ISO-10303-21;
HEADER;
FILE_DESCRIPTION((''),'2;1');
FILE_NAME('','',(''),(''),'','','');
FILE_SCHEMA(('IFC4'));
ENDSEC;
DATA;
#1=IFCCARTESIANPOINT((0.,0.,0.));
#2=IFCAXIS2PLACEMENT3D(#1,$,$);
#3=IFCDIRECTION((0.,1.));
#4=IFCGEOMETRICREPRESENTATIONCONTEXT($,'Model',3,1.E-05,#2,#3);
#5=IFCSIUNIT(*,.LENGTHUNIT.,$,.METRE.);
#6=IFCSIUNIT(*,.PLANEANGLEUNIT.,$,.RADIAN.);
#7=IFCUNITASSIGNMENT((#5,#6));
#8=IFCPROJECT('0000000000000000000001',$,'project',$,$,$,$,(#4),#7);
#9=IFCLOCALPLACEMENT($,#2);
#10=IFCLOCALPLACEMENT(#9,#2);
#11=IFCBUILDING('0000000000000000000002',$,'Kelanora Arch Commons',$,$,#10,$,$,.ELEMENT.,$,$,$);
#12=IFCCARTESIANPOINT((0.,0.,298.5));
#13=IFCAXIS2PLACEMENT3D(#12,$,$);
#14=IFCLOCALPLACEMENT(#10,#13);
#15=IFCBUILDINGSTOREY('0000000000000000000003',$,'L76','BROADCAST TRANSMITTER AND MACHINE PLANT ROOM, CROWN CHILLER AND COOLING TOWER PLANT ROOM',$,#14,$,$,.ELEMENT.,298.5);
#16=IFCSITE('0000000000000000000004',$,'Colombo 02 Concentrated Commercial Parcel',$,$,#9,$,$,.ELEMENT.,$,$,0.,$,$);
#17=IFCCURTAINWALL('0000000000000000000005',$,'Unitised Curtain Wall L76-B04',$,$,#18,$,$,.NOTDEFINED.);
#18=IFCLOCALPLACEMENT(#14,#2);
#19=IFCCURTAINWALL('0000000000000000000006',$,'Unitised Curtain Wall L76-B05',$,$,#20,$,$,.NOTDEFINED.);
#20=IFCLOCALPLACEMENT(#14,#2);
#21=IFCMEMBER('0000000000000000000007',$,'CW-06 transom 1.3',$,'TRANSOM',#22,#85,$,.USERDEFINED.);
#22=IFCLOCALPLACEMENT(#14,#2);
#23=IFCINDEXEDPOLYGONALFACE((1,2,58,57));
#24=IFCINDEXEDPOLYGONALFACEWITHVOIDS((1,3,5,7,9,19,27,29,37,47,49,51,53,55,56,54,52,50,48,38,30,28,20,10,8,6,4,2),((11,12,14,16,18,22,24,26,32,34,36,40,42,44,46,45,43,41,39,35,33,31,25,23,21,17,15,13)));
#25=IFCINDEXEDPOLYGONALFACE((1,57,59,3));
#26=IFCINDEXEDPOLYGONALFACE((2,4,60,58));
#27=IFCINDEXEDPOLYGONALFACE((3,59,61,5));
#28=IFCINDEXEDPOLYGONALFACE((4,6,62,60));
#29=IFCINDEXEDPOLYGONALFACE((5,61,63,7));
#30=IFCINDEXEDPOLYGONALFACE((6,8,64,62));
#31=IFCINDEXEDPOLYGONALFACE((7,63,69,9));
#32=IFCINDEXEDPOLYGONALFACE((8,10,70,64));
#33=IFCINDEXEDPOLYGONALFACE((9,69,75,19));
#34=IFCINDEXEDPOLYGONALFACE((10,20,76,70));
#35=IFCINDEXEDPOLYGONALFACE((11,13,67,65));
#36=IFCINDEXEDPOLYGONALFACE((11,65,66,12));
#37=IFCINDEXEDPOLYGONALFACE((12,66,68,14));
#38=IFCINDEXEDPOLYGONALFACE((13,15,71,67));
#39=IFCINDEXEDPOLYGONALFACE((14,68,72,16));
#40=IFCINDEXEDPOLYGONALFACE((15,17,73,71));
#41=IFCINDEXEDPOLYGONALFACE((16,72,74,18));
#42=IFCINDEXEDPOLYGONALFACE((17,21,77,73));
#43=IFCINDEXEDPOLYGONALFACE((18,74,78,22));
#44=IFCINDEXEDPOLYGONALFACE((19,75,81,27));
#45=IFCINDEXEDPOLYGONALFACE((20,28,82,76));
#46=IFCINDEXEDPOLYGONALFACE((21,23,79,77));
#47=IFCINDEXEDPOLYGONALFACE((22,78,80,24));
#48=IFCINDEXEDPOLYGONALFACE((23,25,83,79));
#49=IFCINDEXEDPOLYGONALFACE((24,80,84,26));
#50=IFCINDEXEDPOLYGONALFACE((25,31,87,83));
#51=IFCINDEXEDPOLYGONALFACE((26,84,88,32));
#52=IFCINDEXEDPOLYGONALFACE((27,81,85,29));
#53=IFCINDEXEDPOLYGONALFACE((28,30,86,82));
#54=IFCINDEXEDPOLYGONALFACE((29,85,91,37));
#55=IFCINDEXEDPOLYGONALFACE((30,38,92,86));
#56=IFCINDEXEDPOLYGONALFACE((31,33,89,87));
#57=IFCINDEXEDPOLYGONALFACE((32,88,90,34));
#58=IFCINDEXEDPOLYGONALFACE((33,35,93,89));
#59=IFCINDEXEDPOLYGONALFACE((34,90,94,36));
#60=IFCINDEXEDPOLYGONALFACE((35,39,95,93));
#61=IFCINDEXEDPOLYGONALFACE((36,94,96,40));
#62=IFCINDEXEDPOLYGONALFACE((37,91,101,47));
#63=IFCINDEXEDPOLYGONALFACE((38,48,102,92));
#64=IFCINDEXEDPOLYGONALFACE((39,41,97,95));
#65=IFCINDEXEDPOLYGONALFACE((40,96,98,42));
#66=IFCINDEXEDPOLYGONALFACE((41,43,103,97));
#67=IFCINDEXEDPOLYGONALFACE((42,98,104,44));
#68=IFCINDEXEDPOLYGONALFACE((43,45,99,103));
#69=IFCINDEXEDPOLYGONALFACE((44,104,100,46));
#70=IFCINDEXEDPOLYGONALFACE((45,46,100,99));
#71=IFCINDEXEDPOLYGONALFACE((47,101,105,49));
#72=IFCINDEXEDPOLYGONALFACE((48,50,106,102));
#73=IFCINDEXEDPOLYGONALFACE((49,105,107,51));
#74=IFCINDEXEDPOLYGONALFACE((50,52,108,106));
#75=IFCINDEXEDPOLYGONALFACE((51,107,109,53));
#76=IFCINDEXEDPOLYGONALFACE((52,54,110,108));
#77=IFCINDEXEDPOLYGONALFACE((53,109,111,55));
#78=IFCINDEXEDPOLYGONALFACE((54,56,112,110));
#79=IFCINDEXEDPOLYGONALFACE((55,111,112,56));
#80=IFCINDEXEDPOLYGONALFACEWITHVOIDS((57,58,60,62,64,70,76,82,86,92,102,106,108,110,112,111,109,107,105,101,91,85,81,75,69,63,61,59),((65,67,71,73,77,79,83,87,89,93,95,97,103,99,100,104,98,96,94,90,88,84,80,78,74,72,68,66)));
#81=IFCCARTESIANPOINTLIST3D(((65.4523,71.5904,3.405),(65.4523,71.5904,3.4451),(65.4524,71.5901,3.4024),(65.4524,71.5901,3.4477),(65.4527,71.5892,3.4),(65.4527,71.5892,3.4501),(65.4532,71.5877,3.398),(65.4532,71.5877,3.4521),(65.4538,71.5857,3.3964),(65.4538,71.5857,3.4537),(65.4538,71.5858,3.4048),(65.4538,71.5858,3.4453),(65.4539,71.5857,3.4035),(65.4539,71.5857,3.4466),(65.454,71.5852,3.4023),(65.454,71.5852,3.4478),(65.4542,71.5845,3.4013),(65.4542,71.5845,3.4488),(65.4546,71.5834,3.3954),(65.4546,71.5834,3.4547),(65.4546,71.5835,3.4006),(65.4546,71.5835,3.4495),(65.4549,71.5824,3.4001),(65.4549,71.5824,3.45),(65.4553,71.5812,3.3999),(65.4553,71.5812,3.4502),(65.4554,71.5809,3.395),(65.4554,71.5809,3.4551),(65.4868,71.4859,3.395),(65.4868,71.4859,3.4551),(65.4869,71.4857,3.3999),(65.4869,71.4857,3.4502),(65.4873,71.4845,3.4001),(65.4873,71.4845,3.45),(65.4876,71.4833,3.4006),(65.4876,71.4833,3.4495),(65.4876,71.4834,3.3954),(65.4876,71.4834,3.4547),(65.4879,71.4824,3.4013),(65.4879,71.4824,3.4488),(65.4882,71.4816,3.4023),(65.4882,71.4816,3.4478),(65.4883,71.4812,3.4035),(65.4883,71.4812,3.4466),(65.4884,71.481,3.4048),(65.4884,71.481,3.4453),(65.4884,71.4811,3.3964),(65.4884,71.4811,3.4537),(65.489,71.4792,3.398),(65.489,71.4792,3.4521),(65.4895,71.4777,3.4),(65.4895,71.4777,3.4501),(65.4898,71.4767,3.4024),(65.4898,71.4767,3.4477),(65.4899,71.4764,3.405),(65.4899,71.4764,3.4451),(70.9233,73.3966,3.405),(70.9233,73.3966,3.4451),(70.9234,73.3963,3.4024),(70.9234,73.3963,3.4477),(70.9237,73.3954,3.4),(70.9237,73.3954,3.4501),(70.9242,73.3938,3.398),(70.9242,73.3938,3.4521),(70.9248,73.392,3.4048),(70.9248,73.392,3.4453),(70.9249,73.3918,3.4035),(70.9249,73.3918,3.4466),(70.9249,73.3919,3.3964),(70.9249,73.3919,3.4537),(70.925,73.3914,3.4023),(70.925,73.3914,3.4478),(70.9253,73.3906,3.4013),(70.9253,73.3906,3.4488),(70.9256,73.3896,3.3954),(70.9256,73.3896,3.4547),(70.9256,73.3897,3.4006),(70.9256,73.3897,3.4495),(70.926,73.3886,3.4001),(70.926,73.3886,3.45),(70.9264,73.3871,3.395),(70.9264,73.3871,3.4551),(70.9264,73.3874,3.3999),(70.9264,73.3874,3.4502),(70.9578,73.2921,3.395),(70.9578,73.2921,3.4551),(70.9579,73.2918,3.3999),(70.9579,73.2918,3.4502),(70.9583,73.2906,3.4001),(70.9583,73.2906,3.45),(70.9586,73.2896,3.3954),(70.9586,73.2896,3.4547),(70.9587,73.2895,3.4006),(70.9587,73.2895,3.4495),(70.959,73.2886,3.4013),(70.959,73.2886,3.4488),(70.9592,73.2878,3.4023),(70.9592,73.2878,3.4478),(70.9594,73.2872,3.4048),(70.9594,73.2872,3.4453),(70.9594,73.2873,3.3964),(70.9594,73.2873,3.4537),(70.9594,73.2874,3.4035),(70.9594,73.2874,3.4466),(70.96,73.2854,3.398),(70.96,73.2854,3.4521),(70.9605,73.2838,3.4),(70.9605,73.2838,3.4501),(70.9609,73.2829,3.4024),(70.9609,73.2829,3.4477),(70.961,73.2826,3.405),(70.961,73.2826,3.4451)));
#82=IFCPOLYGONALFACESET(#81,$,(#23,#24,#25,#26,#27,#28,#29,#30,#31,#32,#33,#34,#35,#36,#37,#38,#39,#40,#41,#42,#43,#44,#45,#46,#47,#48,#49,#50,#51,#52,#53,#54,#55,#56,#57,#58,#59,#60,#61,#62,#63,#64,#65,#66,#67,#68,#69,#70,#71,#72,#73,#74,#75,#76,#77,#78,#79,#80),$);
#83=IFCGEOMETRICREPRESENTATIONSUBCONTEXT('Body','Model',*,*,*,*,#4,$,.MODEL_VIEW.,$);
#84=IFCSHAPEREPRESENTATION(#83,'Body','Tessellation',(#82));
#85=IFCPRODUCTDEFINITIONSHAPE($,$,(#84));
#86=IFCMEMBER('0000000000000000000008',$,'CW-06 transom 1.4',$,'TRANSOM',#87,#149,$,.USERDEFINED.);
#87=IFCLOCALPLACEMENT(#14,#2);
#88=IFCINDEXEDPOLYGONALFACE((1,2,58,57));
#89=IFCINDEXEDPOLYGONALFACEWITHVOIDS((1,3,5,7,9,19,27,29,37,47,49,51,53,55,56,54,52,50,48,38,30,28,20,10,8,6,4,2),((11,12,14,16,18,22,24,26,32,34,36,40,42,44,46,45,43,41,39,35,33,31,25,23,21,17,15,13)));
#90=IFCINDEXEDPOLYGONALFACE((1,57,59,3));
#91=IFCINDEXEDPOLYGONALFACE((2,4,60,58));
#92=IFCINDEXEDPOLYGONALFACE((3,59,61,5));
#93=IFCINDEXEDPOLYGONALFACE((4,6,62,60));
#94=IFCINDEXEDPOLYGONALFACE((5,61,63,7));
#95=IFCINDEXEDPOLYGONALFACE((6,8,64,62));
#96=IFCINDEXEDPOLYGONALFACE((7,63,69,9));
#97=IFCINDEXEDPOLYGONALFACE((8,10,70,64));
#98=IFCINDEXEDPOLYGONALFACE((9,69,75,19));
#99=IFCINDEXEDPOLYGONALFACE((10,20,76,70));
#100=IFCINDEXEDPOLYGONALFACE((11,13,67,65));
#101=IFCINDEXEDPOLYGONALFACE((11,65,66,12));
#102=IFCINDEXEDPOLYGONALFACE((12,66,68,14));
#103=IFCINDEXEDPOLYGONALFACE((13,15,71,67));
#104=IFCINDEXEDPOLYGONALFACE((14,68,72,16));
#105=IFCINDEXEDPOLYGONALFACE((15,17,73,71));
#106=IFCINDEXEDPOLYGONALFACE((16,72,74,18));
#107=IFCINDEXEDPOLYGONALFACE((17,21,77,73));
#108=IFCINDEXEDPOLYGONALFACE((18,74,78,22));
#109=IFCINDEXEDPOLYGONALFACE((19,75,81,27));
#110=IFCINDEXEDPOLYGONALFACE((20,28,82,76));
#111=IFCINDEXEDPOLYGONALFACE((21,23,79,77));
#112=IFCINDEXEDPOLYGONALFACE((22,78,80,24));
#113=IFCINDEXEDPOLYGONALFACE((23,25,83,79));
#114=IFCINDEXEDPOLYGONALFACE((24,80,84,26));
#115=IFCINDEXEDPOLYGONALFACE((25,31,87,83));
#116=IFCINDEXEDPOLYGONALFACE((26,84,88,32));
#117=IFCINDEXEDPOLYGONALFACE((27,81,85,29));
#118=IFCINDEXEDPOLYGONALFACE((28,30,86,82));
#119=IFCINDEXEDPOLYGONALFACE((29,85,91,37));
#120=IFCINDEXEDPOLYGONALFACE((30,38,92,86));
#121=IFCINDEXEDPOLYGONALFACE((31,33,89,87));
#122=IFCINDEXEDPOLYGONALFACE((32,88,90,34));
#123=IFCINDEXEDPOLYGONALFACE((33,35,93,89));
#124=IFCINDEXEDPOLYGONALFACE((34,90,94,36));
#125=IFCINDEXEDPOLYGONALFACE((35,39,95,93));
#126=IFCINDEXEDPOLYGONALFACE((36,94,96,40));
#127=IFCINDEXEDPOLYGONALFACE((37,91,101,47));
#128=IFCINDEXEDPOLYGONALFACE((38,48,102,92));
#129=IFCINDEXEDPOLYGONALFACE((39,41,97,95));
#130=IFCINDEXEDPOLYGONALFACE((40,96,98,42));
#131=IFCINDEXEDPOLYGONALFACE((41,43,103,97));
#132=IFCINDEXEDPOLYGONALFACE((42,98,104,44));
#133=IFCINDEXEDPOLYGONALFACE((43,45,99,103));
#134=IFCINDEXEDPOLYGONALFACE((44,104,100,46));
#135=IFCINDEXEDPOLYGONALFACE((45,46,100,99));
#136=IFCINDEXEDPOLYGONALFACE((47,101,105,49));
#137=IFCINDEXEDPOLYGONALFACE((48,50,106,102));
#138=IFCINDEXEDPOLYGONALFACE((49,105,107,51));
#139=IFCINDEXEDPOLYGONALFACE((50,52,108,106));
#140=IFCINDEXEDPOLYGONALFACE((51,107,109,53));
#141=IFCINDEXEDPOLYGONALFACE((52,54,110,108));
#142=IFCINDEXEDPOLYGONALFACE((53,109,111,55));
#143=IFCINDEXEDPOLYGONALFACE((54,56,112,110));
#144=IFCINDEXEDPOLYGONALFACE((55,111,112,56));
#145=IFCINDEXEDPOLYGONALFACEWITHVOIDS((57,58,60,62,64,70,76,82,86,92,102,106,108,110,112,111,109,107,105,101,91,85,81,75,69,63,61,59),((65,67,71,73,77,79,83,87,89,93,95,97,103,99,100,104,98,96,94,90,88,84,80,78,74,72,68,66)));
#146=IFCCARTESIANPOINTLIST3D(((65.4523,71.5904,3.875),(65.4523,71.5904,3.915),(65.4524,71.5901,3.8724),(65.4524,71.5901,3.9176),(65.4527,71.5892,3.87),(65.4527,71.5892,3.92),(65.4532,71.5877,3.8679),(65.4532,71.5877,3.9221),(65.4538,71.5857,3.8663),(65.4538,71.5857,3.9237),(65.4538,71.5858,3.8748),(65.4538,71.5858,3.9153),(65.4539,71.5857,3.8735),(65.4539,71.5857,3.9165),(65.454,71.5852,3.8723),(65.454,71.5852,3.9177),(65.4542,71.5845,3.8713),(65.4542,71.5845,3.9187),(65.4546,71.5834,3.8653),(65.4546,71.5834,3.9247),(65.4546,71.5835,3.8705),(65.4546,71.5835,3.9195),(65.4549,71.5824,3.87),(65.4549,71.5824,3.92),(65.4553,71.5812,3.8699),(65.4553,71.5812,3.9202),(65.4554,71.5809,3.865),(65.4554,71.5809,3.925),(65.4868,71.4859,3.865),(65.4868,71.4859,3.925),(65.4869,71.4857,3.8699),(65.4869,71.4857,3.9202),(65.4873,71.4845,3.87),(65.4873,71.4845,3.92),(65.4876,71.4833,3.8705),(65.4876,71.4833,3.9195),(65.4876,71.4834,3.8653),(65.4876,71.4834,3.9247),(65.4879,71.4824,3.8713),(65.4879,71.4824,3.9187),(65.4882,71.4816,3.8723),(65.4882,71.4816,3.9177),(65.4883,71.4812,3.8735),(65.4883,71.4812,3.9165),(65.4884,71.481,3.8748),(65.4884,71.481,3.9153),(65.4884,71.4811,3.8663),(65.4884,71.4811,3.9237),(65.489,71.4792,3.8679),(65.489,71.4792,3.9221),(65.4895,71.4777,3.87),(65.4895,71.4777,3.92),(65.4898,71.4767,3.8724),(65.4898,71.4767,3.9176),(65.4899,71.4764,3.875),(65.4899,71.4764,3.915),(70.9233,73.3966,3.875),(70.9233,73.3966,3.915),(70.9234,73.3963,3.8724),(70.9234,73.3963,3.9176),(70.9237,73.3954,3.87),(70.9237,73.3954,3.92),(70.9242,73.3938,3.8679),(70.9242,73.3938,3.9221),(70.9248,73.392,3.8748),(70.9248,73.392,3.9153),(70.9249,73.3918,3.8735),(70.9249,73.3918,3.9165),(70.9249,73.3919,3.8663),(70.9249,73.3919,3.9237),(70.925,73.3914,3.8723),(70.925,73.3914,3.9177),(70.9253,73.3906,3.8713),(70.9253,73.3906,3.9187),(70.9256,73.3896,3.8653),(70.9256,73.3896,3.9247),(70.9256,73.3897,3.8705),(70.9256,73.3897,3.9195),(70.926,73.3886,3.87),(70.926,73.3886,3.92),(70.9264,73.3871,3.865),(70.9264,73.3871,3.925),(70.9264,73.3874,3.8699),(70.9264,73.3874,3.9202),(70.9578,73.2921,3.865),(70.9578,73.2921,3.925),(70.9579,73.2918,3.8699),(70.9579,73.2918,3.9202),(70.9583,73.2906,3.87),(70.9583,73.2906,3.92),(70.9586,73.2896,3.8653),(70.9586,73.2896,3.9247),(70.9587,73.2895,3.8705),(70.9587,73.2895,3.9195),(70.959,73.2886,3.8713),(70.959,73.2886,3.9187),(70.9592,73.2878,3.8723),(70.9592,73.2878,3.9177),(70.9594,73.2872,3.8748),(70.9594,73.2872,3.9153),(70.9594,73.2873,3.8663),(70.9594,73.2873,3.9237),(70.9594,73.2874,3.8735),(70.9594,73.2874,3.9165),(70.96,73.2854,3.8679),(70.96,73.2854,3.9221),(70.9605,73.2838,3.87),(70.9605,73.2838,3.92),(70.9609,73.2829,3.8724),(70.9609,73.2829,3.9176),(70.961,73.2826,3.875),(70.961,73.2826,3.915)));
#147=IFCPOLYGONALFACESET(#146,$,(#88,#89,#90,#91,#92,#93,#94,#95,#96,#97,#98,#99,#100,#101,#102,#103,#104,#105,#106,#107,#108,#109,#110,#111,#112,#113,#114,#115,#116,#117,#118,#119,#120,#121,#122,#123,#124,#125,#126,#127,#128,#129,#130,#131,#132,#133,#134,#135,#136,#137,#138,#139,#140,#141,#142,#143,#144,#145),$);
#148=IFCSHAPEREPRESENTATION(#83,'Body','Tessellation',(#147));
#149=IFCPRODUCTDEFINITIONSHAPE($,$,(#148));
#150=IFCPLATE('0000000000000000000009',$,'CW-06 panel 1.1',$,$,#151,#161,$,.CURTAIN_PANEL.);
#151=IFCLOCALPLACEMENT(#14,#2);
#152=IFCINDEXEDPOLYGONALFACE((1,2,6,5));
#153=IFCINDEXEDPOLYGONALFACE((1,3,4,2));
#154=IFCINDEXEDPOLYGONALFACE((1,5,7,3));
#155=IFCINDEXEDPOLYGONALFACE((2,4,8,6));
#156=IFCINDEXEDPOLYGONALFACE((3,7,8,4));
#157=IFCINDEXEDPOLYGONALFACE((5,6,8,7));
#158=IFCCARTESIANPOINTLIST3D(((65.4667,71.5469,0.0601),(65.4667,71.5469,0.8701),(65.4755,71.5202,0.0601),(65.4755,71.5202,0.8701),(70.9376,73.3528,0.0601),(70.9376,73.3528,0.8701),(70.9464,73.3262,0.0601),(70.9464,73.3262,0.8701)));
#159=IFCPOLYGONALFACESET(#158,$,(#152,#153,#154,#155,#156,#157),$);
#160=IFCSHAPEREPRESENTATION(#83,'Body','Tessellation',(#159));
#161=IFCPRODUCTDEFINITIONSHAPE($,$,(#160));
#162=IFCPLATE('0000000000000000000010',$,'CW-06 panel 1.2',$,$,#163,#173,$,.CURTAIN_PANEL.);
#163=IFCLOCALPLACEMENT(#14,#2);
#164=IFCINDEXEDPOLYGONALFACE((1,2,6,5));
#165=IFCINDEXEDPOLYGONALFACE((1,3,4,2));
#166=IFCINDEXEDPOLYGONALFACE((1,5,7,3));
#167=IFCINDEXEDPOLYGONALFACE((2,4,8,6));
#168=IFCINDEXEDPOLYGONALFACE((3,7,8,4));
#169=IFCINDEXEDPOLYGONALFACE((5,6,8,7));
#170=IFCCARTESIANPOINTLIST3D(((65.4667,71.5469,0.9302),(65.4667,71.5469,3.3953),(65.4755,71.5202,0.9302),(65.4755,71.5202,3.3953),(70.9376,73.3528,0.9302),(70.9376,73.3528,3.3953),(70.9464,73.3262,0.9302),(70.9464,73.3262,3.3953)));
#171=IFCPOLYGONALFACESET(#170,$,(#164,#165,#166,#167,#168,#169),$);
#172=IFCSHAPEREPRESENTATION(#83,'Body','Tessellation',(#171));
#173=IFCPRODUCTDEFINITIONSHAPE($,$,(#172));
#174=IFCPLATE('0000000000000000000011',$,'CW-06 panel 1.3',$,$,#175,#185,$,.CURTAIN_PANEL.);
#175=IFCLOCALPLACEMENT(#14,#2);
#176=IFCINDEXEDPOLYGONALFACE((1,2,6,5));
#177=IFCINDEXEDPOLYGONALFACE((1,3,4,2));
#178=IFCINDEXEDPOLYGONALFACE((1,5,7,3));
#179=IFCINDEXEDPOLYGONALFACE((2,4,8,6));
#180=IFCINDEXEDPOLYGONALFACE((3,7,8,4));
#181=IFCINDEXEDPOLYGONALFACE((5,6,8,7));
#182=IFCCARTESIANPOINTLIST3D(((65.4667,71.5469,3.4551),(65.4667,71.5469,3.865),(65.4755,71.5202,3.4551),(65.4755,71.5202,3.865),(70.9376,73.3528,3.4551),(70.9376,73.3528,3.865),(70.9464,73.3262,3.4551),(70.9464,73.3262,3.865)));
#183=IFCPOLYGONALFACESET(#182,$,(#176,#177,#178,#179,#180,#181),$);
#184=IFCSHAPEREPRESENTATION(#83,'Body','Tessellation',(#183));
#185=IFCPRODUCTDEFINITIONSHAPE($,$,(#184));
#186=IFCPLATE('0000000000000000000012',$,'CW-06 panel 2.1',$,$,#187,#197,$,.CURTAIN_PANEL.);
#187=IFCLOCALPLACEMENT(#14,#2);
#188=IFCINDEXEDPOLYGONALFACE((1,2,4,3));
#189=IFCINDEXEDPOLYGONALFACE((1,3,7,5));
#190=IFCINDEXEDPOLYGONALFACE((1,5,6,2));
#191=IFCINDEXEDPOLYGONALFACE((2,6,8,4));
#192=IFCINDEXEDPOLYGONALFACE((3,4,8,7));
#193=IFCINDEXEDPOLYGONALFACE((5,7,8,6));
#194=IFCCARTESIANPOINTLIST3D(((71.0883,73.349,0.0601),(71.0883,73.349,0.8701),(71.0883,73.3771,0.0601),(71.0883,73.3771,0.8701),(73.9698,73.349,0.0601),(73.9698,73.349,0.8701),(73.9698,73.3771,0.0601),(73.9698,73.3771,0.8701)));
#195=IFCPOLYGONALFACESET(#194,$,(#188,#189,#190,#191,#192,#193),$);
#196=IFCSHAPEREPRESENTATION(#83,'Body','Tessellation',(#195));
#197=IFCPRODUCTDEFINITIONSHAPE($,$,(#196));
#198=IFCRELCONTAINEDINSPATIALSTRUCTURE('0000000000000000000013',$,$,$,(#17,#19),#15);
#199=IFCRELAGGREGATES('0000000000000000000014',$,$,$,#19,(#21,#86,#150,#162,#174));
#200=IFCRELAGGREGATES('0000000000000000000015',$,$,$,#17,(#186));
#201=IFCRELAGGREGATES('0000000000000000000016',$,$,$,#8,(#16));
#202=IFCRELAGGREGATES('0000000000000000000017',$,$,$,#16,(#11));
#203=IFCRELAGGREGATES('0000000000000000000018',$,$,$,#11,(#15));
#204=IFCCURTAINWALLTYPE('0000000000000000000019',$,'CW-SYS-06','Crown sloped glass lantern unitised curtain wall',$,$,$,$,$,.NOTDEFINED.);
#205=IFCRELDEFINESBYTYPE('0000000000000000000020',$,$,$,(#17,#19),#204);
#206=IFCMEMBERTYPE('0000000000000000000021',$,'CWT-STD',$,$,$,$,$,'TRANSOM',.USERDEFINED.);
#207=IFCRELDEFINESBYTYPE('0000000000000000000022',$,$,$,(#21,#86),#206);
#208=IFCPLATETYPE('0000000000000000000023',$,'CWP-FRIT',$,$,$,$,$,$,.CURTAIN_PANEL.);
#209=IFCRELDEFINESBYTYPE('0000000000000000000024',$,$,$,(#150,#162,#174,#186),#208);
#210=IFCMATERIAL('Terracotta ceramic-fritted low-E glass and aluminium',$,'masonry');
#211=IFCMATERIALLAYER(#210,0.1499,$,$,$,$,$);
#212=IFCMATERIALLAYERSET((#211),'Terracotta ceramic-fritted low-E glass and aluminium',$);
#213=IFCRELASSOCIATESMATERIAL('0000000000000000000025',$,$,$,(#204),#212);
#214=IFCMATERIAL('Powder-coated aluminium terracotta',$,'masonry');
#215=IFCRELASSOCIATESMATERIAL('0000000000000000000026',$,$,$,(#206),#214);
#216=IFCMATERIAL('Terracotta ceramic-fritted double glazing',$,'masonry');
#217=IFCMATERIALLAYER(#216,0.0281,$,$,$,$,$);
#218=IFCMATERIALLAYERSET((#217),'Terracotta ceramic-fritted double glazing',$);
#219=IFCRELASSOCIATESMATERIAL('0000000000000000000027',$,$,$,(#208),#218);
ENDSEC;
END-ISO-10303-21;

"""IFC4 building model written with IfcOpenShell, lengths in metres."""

from ifc_helpers import new_model, si_unit, direction, frame, origin, origin_2d, place, context, subcontext, project, spatial, rectangle, hollow_rectangle, extrude, source, transform, mapped, material, layer, layer_set, material_profile, profile_set, type_object, element, aggregate, save


model = new_model("IFC4")

# Units and contexts
model_context = context("Model", 3, precision=1e-05, world=origin(), true_north=direction((0.0, 1.0)))
body_context = subcontext(model_context, "Body", "Model", "MODEL_VIEW")
ifc_project = project(units=[si_unit("LENGTHUNIT", "METRE"), si_unit("PLANEANGLEUNIT", "RADIAN")], contexts=[model_context])

# Site, building, storey
site_placement = place(None, origin())
site = spatial("IfcSite", under=ifc_project, at=site_placement, Name="Colombo 02 Concentrated Commercial Parcel", CompositionType="ELEMENT", RefElevation=0.0)
building_placement = place(site_placement, origin())
building = spatial("IfcBuilding", under=site, at=building_placement, Name="Kelanora Arch Commons", CompositionType="ELEMENT")
storey_placement = place(building_placement, frame((0.0, 0.0, 298.5)))
storey = spatial("IfcBuildingStorey", under=building, at=storey_placement, Name="L76", Description="BROADCAST TRANSMITTER AND MACHINE PLANT ROOM, CROWN CHILLER AND COOLING TOWER PLANT ROOM", CompositionType="ELEMENT", Elevation=298.5)

# Curtain walls
ifc_material_1 = material(Name="Terracotta ceramic-fritted low-E glass and aluminium", Category="masonry")
ifc_layer_1 = layer(ifc_material_1, 0.1499)
ifc_layer_set_1 = layer_set([ifc_layer_1], Name="Terracotta ceramic-fritted low-E glass and aluminium")
curtain_wall_type = type_object("IfcCurtainWallType", Name="CW-SYS-06", Description="Crown sloped glass lantern unitised curtain wall", PredefinedType="NOTDEFINED", material=ifc_layer_set_1)
curtain_wall_1_placement = place(storey_placement, origin())
curtain_wall_1 = element("IfcCurtainWall", 1, at=curtain_wall_1_placement, inside=storey, type_object=curtain_wall_type, Name="Unitised Curtain Wall L76-B04", PredefinedType="NOTDEFINED")
ifc_material_2 = material(Name="Powder-coated aluminium terracotta", Category="masonry")
curtain_wall_2_placement = place(storey_placement, origin())
curtain_wall_2 = element("IfcCurtainWall", 2, at=curtain_wall_2_placement, inside=storey, type_object=curtain_wall_type, Name="Unitised Curtain Wall L76-B05", PredefinedType="NOTDEFINED")

# Members
ifc_material_profile_1 = material_profile(ifc_material_2, hollow_rectangle(XDim=0.1201, YDim=0.0601, WallThickness=0.0049, InnerFilletRadius=0.0049, OuterFilletRadius=0.01, at=origin_2d()), Name="CWT120x60")
ifc_profile_set_1 = profile_set([ifc_material_profile_1], Name="Powder-coated aluminium terracotta")
member_type_1 = type_object("IfcMemberType", Name="CWT-STD", ElementType="TRANSOM", PredefinedType="USERDEFINED", material=ifc_profile_set_1)
member_1_placement = place(storey_placement, frame((70.9421, 73.3396, 3.425), z_axis=(-0.94959, -0.313493, 0.0), x_axis=(0.313493, -0.94959, 0.0)))
member_1 = element("IfcMember", 3, at=member_1_placement, type_object=member_type_1, Name="CW-06 transom 1.3", ObjectType="TRANSOM", PredefinedType="USERDEFINED", context=body_context, shape_type="SweptSolid", body=[
    extrude(hollow_rectangle(XDim=0.1201, YDim=0.0601, WallThickness=0.0049, InnerFilletRadius=0.0049, OuterFilletRadius=0.01, at=origin_2d()), origin(), (0.0, 0.0, 1.0), 5.7615),
])
member_2_placement = place(storey_placement, frame((70.9421, 73.3396, 3.895), z_axis=(-0.94959, -0.313493, 0.0), x_axis=(0.313493, -0.94959, 0.0)))
member_2 = element("IfcMember", 4, at=member_2_placement, type_object=member_type_1, Name="CW-06 transom 1.4", ObjectType="TRANSOM", PredefinedType="USERDEFINED", context=body_context, shape_type="SweptSolid", body=[
    extrude(hollow_rectangle(XDim=0.1201, YDim=0.0601, WallThickness=0.0049, InnerFilletRadius=0.0049, OuterFilletRadius=0.01, at=origin_2d()), origin(), (0.0, 0.0, 1.0), 5.7615),
])

# Plates
ifc_material_3 = material(Name="Terracotta ceramic-fritted double glazing", Category="masonry")
ifc_layer_2 = layer(ifc_material_3, 0.0281)
ifc_layer_set_2 = layer_set([ifc_layer_2], Name="Terracotta ceramic-fritted double glazing")
plate_type = type_object("IfcPlateType", Name="CWP-FRIT", PredefinedType="CURTAIN_PANEL", material=ifc_layer_set_2)
shared_shape_1 = source(origin(), body_context, "Body", "SweptSolid", [
    extrude(rectangle(XDim=5.7612, YDim=0.0281, at=origin_2d()), origin(), (0.0, 0.0, 1.0), 0.8101),
])
plate_1_placement = place(storey_placement, frame((68.2065, 72.4365, 0.0601), z_axis=(0.0, 0.0, 1.0), x_axis=(-0.949599, -0.313467, 0.0)))
plate_1 = element("IfcPlate", 5, at=plate_1_placement, type_object=plate_type, Name="CW-06 panel 1.1", PredefinedType="CURTAIN_PANEL", context=body_context, shape_type="MappedRepresentation", body=[
    mapped(shared_shape_1, transform((0.0, 0.0, 0.0), scale=1.0)),
])
shared_shape_2 = source(origin(), body_context, "Body", "SweptSolid", [
    extrude(rectangle(XDim=5.7612, YDim=0.0281, at=origin_2d()), origin(), (0.0, 0.0, 1.0), 2.4651),
])
plate_2_placement = place(storey_placement, frame((68.2065, 72.4365, 0.9302), z_axis=(0.0, 0.0, 1.0), x_axis=(-0.949599, -0.313467, 0.0)))
plate_2 = element("IfcPlate", 6, at=plate_2_placement, type_object=plate_type, Name="CW-06 panel 1.2", PredefinedType="CURTAIN_PANEL", context=body_context, shape_type="MappedRepresentation", body=[
    mapped(shared_shape_2, transform((0.0, 0.0, 0.0), scale=1.0)),
])
shared_shape_3 = source(origin(), body_context, "Body", "SweptSolid", [
    extrude(rectangle(XDim=5.7612, YDim=0.0281, at=origin_2d()), origin(), (0.0, 0.0, 1.0), 0.4099),
])
plate_3_placement = place(storey_placement, frame((68.2065, 72.4365, 3.4551), z_axis=(0.0, 0.0, 1.0), x_axis=(-0.949599, -0.313467, 0.0)))
plate_3 = element("IfcPlate", 7, at=plate_3_placement, type_object=plate_type, Name="CW-06 panel 1.3", PredefinedType="CURTAIN_PANEL", context=body_context, shape_type="MappedRepresentation", body=[
    mapped(shared_shape_3, transform((0.0, 0.0, 0.0), scale=1.0)),
])
aggregate(curtain_wall_2, [member_1, member_2, plate_1, plate_2, plate_3])
shared_shape_4 = source(origin(), body_context, "Body", "SweptSolid", [
    extrude(rectangle(XDim=2.8816, YDim=0.0281, at=origin_2d()), origin(), (0.0, 0.0, 1.0), 0.8101),
])
plate_4_placement = place(storey_placement, frame((72.5291, 73.363, 0.0601), z_axis=(0.0, 0.0, 1.0), x_axis=(-1.0, 0.0, 0.0)))
plate_4 = element("IfcPlate", 8, at=plate_4_placement, type_object=plate_type, Name="CW-06 panel 2.1", PredefinedType="CURTAIN_PANEL", context=body_context, shape_type="MappedRepresentation", body=[
    mapped(shared_shape_4, transform((0.0, 0.0, 0.0), scale=1.0)),
])
aggregate(curtain_wall_1, [plate_4])

save(model, "model.ifc")
